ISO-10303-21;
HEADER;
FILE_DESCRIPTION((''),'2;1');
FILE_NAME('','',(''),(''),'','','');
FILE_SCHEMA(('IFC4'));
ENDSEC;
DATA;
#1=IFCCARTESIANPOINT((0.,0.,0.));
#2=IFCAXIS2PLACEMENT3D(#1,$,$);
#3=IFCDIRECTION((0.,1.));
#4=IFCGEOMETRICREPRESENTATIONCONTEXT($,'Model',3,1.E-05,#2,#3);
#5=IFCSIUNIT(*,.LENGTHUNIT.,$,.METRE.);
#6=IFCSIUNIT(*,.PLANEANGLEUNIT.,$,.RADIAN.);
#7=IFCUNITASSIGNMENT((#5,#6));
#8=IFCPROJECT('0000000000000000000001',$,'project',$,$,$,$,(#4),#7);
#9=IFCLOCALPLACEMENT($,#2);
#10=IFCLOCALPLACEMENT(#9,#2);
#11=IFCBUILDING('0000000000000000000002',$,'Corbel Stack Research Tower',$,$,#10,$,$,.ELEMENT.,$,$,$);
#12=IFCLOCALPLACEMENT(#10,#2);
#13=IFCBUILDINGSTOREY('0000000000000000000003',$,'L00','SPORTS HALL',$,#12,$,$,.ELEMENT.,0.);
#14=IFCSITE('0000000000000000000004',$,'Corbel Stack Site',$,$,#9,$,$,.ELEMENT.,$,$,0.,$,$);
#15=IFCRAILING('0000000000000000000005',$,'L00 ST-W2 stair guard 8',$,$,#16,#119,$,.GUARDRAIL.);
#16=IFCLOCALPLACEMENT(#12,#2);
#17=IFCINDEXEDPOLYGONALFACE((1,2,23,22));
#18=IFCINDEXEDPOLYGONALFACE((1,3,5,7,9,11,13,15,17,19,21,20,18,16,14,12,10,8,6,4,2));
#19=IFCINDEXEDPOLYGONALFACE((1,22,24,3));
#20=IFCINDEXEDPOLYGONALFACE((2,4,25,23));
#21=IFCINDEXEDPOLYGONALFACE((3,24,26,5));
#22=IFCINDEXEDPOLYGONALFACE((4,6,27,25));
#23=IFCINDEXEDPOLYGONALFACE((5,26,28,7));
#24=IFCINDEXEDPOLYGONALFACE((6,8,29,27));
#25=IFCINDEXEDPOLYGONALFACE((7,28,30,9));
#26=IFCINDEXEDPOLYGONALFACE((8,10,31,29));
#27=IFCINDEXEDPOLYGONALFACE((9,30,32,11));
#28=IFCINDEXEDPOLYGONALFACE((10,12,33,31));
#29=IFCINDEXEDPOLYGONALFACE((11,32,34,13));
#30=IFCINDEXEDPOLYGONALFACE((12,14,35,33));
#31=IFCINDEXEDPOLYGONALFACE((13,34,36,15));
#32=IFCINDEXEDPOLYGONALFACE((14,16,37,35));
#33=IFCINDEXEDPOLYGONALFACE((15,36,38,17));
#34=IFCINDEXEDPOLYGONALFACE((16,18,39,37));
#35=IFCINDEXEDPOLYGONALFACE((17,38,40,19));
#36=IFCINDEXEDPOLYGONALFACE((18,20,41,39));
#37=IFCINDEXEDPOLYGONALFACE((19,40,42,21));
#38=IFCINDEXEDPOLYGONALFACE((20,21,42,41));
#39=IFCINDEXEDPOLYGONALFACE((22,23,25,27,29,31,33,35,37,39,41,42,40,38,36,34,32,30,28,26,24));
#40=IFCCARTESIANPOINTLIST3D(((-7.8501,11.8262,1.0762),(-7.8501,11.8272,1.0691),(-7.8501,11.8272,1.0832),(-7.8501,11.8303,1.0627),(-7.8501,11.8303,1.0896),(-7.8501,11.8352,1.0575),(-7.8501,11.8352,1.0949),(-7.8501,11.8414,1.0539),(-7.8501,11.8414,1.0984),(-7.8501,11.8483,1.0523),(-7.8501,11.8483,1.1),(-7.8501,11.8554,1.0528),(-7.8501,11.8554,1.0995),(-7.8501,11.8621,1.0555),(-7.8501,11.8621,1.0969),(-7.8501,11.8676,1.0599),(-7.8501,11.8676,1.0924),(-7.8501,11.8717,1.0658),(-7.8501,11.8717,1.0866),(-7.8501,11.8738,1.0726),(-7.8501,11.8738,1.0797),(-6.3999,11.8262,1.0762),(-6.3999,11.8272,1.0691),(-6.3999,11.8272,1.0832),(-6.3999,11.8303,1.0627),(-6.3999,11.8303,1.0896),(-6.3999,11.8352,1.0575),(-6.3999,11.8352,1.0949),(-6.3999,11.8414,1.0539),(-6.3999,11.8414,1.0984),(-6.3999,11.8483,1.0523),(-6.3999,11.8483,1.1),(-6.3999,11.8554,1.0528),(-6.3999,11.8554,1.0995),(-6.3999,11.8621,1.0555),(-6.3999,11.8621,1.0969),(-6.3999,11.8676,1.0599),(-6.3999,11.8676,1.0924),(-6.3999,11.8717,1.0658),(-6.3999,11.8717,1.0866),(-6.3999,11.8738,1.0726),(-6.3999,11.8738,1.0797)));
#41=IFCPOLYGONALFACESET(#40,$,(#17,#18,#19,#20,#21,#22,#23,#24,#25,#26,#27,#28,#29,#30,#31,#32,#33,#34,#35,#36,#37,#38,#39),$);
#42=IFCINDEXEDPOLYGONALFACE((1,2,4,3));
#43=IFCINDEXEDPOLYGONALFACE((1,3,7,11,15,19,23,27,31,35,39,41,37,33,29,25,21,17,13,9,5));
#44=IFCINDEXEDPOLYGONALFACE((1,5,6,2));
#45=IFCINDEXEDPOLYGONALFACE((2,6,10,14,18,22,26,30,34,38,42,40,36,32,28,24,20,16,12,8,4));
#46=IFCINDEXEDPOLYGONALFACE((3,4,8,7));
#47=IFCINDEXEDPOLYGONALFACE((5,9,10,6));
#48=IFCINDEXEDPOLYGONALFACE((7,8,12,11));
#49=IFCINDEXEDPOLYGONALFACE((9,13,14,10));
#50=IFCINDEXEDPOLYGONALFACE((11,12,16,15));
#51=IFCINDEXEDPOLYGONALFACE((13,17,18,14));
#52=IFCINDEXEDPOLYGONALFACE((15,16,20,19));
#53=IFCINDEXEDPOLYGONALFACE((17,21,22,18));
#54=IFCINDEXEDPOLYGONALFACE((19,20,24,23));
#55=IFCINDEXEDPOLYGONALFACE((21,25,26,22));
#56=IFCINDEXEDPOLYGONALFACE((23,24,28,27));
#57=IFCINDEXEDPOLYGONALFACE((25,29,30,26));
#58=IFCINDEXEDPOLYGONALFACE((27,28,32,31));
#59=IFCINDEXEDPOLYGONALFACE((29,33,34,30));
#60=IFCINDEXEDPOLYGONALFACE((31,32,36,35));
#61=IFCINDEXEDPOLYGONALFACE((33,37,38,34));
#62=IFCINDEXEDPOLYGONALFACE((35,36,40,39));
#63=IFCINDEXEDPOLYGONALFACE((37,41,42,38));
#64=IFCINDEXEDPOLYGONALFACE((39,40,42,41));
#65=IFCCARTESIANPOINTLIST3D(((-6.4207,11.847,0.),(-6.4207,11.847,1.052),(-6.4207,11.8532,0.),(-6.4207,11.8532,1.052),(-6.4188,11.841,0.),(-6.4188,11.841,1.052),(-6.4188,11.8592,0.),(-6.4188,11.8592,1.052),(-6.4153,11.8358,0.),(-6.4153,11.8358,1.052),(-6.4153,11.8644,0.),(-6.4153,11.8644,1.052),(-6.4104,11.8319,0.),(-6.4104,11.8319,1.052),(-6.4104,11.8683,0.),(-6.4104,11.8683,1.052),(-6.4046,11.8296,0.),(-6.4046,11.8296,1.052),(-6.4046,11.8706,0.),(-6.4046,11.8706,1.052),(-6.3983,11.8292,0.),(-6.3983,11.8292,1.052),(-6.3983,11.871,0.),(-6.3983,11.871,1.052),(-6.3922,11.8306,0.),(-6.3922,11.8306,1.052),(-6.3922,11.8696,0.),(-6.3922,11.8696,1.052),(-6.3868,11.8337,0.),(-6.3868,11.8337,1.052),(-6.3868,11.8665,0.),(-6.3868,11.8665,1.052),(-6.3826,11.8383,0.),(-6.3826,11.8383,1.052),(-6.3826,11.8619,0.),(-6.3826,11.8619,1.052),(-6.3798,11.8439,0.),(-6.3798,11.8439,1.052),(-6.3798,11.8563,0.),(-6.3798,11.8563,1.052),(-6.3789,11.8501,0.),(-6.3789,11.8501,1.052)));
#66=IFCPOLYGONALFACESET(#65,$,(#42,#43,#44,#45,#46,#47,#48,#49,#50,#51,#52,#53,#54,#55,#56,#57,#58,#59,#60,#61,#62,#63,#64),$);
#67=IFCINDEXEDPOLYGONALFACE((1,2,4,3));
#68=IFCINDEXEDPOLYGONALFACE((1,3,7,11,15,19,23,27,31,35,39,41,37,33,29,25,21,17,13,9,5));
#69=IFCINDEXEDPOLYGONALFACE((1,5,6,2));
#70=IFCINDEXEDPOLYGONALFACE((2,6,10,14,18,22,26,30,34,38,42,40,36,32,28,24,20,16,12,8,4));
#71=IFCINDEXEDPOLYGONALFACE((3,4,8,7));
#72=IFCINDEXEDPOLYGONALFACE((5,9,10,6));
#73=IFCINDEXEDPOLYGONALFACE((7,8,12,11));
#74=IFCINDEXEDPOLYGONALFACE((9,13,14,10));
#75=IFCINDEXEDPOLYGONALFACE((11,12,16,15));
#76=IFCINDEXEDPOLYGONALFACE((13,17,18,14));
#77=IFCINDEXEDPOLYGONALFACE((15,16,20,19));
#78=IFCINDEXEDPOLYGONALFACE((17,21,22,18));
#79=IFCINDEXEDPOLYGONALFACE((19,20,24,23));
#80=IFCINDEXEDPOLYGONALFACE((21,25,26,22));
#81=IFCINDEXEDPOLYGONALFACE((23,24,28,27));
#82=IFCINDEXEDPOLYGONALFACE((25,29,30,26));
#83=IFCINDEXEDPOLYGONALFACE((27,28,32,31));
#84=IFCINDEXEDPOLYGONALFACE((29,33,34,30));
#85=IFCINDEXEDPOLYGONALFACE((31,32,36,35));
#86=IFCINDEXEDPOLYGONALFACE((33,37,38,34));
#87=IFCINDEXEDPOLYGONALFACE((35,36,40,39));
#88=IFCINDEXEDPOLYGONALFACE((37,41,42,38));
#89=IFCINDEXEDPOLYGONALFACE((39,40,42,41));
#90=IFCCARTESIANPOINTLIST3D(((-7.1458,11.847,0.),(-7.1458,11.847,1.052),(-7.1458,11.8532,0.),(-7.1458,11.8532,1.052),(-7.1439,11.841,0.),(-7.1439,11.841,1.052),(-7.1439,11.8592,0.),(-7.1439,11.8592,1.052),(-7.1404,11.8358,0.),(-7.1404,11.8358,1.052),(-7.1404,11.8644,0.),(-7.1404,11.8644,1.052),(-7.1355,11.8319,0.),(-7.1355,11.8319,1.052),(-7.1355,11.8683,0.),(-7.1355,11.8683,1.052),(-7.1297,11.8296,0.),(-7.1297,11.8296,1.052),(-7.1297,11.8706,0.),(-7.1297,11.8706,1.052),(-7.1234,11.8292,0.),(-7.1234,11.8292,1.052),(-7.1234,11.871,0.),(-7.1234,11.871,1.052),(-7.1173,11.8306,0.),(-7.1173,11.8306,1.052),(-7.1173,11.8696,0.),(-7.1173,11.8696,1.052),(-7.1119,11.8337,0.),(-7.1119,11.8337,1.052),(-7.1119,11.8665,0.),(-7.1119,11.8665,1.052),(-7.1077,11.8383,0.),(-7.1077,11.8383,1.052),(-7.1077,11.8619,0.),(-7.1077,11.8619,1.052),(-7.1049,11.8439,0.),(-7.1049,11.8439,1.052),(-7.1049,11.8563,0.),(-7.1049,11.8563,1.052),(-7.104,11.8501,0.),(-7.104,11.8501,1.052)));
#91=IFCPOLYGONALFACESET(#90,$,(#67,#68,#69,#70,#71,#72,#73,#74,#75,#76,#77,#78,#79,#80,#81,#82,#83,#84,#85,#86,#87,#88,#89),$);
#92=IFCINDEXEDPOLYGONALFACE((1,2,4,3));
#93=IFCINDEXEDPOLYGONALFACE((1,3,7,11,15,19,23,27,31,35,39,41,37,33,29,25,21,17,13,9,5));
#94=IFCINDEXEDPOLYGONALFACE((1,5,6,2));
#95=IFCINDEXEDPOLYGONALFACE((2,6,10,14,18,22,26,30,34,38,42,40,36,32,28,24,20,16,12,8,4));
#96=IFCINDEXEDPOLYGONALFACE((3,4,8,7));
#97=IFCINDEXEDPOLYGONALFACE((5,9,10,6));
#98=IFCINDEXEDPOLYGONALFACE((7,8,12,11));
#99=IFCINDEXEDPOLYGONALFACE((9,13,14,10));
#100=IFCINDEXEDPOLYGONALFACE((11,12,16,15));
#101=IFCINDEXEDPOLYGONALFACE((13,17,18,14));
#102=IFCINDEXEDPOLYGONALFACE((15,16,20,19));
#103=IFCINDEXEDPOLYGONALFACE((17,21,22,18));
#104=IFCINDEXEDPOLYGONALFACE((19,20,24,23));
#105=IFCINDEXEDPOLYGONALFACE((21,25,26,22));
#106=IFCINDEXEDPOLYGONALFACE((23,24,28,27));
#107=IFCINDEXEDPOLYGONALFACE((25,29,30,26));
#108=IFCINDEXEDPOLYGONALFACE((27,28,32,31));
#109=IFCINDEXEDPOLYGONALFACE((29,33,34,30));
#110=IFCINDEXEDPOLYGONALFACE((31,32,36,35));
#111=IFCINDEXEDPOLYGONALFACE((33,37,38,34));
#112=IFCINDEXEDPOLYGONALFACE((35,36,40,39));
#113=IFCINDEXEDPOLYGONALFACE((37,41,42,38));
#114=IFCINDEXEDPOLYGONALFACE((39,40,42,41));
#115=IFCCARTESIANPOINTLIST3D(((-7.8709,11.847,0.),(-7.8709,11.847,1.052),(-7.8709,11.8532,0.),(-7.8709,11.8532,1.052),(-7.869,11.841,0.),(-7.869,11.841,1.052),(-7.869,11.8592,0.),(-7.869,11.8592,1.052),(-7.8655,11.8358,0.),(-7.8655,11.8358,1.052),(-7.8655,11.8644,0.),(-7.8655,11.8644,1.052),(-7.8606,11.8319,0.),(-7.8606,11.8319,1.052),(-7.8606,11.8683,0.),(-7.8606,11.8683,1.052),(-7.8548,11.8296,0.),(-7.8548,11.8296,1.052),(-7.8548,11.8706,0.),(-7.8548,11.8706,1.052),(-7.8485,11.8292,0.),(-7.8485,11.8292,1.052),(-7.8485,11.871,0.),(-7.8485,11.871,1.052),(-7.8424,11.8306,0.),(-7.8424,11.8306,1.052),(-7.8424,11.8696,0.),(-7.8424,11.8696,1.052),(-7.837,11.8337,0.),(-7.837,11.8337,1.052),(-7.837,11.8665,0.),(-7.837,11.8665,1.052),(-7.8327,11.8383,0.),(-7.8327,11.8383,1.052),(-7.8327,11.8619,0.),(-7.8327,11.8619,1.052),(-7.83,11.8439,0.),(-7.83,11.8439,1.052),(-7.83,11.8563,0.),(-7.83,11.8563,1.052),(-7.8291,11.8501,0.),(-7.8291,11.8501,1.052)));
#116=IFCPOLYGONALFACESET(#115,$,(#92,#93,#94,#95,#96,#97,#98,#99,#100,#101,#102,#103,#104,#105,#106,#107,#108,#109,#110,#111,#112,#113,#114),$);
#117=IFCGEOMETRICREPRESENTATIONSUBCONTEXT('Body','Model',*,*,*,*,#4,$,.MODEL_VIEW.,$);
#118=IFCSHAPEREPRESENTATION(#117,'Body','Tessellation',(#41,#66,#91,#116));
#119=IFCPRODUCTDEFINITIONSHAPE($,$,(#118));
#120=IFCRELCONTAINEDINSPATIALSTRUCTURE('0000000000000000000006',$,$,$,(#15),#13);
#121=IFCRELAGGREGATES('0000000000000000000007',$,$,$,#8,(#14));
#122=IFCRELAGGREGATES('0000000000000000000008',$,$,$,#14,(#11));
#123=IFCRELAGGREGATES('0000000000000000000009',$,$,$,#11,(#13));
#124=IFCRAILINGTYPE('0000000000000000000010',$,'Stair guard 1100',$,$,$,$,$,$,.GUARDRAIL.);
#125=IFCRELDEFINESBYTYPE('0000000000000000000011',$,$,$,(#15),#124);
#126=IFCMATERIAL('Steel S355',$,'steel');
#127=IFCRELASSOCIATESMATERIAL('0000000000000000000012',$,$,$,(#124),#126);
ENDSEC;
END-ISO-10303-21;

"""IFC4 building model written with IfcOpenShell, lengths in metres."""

from ifc_helpers import new_model, si_unit, direction, frame, origin, origin_2d, place, context, subcontext, project, spatial, circle, extrude, material, type_object, element, save


model = new_model("IFC4")

# Units and contexts
model_context = context("Model", 3, precision=1e-05, world=origin(), true_north=direction((0.0, 1.0)))
body_context = subcontext(model_context, "Body", "Model", "MODEL_VIEW")
ifc_project = project(units=[si_unit("LENGTHUNIT", "METRE"), si_unit("PLANEANGLEUNIT", "RADIAN")], contexts=[model_context])

# Site, building, storey
site_placement = place(None, origin())
site = spatial("IfcSite", under=ifc_project, at=site_placement, Name="Corbel Stack Site", CompositionType="ELEMENT", RefElevation=0.0)
building_placement = place(site_placement, origin())
building = spatial("IfcBuilding", under=site, at=building_placement, Name="Corbel Stack Research Tower", CompositionType="ELEMENT")
storey_placement = place(building_placement, origin())
storey = spatial("IfcBuildingStorey", under=building, at=storey_placement, Name="L00", Description="SPORTS HALL", CompositionType="ELEMENT", Elevation=0.0)

# Railing
ifc_material_1 = material(Name="Steel S355", Category="steel")
railing_type_1 = type_object("IfcRailingType", Name="Stair guard 1100", PredefinedType="GUARDRAIL", material=ifc_material_1)
railing_1_placement = place(storey_placement, frame((-6.3999, 11.8501, 0.0)))
element("IfcRailing", 1, at=railing_1_placement, inside=storey, type_object=railing_type_1, Name="L00 ST-W2 stair guard 8", PredefinedType="GUARDRAIL", context=body_context, shape_type="SweptSolid", body=[
    extrude(circle(Radius=0.0239, at=origin_2d()), frame((0.0, 0.0, 1.0762), z_axis=(-1.0, 0.0, 0.0), x_axis=(0.0, -1.0, 0.0)), (0.0, 0.0, 1.0), 1.4502),
    extrude(circle(Radius=0.021, at=origin_2d()), origin(), (0.0, 0.0, 1.0), 1.052),
    extrude(circle(Radius=0.021, at=origin_2d()), frame((-0.7251, 0.0, 0.0)), (0.0, 0.0, 1.0), 1.052),
    extrude(circle(Radius=0.021, at=origin_2d()), frame((-1.4502, 0.0, 0.0)), (0.0, 0.0, 1.0), 1.052),
])

save(model, "model.ifc")
